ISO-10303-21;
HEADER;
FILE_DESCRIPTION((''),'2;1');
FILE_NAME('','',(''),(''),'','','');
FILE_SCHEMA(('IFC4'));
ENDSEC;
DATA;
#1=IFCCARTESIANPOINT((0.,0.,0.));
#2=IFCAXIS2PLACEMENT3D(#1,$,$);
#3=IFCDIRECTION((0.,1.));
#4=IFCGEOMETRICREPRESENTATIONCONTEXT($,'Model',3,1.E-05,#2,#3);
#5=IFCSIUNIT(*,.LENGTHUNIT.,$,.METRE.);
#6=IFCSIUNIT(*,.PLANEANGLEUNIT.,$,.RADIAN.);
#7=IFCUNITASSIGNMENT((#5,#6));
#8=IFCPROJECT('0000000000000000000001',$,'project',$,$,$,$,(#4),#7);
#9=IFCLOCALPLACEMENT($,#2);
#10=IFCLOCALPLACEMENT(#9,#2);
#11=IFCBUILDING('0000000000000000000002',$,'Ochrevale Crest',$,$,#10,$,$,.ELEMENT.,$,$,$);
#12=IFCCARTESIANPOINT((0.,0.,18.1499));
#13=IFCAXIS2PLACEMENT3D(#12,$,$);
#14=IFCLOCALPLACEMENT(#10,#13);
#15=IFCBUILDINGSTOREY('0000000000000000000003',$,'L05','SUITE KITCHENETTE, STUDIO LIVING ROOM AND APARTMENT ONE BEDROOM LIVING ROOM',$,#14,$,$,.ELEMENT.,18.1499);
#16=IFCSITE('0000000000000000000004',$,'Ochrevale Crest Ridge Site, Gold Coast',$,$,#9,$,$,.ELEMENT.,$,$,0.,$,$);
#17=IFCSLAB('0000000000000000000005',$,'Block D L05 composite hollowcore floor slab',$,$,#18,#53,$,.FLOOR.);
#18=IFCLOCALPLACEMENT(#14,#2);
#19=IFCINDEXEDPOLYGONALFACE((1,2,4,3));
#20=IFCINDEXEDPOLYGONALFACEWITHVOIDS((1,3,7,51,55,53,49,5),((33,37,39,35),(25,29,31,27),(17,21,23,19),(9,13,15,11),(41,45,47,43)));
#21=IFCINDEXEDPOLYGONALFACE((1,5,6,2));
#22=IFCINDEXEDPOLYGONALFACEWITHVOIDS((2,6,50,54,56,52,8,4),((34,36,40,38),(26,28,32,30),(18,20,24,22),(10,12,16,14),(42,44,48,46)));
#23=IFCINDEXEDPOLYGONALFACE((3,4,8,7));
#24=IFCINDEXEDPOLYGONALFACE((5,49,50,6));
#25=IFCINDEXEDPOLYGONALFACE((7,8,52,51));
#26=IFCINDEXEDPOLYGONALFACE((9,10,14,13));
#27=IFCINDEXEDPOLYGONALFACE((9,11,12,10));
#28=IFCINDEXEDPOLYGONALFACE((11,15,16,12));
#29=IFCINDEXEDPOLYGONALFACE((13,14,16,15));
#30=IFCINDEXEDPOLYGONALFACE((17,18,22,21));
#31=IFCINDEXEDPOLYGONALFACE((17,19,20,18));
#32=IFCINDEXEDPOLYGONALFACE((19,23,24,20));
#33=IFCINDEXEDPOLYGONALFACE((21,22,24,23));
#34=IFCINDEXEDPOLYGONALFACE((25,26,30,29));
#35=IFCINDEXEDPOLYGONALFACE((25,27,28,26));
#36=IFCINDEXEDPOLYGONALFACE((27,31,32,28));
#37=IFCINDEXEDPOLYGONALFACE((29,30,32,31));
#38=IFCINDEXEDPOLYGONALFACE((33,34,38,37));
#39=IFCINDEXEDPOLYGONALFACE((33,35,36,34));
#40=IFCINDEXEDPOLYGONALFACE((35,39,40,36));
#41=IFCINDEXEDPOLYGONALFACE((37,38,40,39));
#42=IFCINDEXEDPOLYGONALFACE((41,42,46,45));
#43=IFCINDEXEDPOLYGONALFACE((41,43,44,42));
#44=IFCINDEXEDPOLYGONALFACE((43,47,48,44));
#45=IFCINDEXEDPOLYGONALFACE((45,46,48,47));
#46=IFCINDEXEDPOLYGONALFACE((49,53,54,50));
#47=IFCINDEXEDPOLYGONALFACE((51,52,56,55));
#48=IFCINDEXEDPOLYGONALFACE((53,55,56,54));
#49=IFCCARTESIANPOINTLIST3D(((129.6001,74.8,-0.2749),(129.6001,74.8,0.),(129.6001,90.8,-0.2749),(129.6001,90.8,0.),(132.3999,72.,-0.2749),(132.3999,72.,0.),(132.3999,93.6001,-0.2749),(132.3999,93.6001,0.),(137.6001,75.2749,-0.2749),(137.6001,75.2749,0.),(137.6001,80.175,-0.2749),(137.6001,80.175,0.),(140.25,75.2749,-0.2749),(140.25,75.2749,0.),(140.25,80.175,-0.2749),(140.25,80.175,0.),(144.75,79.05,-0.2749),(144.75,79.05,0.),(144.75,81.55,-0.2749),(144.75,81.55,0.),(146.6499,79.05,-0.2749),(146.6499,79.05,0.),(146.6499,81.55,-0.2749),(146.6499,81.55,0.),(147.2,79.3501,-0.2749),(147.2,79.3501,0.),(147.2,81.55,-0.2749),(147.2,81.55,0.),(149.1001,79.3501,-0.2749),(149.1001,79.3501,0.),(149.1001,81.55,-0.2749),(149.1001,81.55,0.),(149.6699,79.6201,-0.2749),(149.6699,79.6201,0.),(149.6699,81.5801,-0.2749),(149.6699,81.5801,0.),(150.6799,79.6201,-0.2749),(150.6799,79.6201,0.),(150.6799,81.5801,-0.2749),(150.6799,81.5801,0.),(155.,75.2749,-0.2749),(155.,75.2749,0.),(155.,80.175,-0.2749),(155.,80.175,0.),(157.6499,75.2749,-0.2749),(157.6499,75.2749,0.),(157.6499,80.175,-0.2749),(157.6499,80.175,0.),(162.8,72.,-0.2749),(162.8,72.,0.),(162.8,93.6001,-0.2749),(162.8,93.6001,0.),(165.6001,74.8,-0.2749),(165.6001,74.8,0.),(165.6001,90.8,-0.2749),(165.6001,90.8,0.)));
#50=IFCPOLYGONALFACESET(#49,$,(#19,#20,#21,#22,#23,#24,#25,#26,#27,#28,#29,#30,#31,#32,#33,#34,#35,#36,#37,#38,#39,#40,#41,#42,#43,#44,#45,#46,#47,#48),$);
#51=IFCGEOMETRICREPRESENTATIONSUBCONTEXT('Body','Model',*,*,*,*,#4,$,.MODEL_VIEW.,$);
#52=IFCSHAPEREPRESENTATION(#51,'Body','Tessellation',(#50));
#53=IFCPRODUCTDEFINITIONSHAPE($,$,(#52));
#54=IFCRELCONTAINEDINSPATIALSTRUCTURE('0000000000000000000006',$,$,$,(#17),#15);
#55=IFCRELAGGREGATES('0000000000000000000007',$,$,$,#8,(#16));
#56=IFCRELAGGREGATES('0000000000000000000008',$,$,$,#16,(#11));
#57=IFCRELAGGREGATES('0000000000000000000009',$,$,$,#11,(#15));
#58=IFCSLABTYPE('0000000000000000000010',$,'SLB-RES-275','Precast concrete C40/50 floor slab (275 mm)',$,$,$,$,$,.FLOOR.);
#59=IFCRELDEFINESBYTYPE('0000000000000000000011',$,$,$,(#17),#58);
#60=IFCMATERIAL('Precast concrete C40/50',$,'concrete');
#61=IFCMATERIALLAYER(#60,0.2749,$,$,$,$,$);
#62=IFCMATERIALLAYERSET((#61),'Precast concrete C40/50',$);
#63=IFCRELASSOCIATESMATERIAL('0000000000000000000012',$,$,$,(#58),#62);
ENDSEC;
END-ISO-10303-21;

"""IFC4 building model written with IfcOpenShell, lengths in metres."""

from ifc_helpers import new_model, si_unit, direction, frame, origin, place, context, subcontext, project, spatial, polyline, outline, extrude, material, layer, layer_set, type_object, element, save


model = new_model("IFC4")

# Units and contexts
model_context = context("Model", 3, precision=1e-05, world=origin(), true_north=direction((0.0, 1.0)))
body_context = subcontext(model_context, "Body", "Model", "MODEL_VIEW")
ifc_project = project(units=[si_unit("LENGTHUNIT", "METRE"), si_unit("PLANEANGLEUNIT", "RADIAN")], contexts=[model_context])

# Site, building, storey
site_placement = place(None, origin())
site = spatial("IfcSite", under=ifc_project, at=site_placement, Name="Ochrevale Crest Ridge Site, Gold Coast", CompositionType="ELEMENT", RefElevation=0.0)
building_placement = place(site_placement, origin())
building = spatial("IfcBuilding", under=site, at=building_placement, Name="Ochrevale Crest", CompositionType="ELEMENT")
storey_placement = place(building_placement, frame((0.0, 0.0, 18.1499)))
storey = spatial("IfcBuildingStorey", under=building, at=storey_placement, Name="L05", Description="SUITE KITCHENETTE, STUDIO LIVING ROOM AND APARTMENT ONE BEDROOM LIVING ROOM", CompositionType="ELEMENT", Elevation=18.1499)

# Slab
ifc_material = material(Name="Precast concrete C40/50", Category="concrete")
ifc_layer_1 = layer(ifc_material, 0.2749)
ifc_layer_set_1 = layer_set([ifc_layer_1], Name="Precast concrete C40/50")
slab_type_1 = type_object("IfcSlabType", Name="SLB-RES-275", Description="Precast concrete C40/50 floor slab (275 mm)", PredefinedType="FLOOR", material=ifc_layer_set_1)
slab_1_placement = place(storey_placement, frame((0.0, 0.0, -0.2749)))
element("IfcSlab", 1, at=slab_1_placement, inside=storey, type_object=slab_type_1, Name="Block D L05 composite hollowcore floor slab", PredefinedType="FLOOR", context=body_context, shape_type="SweptSolid", body=[
    extrude(outline(polyline([(132.3999, 72.0), (162.8, 72.0), (165.6001, 74.8), (165.6001, 90.8), (162.8, 93.6001), (132.3999, 93.6001), (129.6001, 90.8), (129.6001, 74.8), (132.3999, 72.0)]), holes=[polyline([(137.6001, 80.175), (137.6001, 75.2749), (140.25, 75.2749), (140.25, 80.175), (137.6001, 80.175)]), polyline([(155.0, 80.175), (155.0, 75.2749), (157.6499, 75.2749), (157.6499, 80.175), (155.0, 80.175)]), polyline([(144.75, 79.05), (146.6499, 79.05), (146.6499, 81.55), (144.75, 81.55), (144.75, 79.05)]), polyline([(147.2, 79.3501), (149.1001, 79.3501), (149.1001, 81.55), (147.2, 81.55), (147.2, 79.3501)]), polyline([(149.6699, 79.6201), (150.6799, 79.6201), (150.6799, 81.5801), (149.6699, 81.5801), (149.6699, 79.6201)])]), origin(), (0.0, 0.0, 1.0), 0.2749),
])

save(model, "model.ifc")
